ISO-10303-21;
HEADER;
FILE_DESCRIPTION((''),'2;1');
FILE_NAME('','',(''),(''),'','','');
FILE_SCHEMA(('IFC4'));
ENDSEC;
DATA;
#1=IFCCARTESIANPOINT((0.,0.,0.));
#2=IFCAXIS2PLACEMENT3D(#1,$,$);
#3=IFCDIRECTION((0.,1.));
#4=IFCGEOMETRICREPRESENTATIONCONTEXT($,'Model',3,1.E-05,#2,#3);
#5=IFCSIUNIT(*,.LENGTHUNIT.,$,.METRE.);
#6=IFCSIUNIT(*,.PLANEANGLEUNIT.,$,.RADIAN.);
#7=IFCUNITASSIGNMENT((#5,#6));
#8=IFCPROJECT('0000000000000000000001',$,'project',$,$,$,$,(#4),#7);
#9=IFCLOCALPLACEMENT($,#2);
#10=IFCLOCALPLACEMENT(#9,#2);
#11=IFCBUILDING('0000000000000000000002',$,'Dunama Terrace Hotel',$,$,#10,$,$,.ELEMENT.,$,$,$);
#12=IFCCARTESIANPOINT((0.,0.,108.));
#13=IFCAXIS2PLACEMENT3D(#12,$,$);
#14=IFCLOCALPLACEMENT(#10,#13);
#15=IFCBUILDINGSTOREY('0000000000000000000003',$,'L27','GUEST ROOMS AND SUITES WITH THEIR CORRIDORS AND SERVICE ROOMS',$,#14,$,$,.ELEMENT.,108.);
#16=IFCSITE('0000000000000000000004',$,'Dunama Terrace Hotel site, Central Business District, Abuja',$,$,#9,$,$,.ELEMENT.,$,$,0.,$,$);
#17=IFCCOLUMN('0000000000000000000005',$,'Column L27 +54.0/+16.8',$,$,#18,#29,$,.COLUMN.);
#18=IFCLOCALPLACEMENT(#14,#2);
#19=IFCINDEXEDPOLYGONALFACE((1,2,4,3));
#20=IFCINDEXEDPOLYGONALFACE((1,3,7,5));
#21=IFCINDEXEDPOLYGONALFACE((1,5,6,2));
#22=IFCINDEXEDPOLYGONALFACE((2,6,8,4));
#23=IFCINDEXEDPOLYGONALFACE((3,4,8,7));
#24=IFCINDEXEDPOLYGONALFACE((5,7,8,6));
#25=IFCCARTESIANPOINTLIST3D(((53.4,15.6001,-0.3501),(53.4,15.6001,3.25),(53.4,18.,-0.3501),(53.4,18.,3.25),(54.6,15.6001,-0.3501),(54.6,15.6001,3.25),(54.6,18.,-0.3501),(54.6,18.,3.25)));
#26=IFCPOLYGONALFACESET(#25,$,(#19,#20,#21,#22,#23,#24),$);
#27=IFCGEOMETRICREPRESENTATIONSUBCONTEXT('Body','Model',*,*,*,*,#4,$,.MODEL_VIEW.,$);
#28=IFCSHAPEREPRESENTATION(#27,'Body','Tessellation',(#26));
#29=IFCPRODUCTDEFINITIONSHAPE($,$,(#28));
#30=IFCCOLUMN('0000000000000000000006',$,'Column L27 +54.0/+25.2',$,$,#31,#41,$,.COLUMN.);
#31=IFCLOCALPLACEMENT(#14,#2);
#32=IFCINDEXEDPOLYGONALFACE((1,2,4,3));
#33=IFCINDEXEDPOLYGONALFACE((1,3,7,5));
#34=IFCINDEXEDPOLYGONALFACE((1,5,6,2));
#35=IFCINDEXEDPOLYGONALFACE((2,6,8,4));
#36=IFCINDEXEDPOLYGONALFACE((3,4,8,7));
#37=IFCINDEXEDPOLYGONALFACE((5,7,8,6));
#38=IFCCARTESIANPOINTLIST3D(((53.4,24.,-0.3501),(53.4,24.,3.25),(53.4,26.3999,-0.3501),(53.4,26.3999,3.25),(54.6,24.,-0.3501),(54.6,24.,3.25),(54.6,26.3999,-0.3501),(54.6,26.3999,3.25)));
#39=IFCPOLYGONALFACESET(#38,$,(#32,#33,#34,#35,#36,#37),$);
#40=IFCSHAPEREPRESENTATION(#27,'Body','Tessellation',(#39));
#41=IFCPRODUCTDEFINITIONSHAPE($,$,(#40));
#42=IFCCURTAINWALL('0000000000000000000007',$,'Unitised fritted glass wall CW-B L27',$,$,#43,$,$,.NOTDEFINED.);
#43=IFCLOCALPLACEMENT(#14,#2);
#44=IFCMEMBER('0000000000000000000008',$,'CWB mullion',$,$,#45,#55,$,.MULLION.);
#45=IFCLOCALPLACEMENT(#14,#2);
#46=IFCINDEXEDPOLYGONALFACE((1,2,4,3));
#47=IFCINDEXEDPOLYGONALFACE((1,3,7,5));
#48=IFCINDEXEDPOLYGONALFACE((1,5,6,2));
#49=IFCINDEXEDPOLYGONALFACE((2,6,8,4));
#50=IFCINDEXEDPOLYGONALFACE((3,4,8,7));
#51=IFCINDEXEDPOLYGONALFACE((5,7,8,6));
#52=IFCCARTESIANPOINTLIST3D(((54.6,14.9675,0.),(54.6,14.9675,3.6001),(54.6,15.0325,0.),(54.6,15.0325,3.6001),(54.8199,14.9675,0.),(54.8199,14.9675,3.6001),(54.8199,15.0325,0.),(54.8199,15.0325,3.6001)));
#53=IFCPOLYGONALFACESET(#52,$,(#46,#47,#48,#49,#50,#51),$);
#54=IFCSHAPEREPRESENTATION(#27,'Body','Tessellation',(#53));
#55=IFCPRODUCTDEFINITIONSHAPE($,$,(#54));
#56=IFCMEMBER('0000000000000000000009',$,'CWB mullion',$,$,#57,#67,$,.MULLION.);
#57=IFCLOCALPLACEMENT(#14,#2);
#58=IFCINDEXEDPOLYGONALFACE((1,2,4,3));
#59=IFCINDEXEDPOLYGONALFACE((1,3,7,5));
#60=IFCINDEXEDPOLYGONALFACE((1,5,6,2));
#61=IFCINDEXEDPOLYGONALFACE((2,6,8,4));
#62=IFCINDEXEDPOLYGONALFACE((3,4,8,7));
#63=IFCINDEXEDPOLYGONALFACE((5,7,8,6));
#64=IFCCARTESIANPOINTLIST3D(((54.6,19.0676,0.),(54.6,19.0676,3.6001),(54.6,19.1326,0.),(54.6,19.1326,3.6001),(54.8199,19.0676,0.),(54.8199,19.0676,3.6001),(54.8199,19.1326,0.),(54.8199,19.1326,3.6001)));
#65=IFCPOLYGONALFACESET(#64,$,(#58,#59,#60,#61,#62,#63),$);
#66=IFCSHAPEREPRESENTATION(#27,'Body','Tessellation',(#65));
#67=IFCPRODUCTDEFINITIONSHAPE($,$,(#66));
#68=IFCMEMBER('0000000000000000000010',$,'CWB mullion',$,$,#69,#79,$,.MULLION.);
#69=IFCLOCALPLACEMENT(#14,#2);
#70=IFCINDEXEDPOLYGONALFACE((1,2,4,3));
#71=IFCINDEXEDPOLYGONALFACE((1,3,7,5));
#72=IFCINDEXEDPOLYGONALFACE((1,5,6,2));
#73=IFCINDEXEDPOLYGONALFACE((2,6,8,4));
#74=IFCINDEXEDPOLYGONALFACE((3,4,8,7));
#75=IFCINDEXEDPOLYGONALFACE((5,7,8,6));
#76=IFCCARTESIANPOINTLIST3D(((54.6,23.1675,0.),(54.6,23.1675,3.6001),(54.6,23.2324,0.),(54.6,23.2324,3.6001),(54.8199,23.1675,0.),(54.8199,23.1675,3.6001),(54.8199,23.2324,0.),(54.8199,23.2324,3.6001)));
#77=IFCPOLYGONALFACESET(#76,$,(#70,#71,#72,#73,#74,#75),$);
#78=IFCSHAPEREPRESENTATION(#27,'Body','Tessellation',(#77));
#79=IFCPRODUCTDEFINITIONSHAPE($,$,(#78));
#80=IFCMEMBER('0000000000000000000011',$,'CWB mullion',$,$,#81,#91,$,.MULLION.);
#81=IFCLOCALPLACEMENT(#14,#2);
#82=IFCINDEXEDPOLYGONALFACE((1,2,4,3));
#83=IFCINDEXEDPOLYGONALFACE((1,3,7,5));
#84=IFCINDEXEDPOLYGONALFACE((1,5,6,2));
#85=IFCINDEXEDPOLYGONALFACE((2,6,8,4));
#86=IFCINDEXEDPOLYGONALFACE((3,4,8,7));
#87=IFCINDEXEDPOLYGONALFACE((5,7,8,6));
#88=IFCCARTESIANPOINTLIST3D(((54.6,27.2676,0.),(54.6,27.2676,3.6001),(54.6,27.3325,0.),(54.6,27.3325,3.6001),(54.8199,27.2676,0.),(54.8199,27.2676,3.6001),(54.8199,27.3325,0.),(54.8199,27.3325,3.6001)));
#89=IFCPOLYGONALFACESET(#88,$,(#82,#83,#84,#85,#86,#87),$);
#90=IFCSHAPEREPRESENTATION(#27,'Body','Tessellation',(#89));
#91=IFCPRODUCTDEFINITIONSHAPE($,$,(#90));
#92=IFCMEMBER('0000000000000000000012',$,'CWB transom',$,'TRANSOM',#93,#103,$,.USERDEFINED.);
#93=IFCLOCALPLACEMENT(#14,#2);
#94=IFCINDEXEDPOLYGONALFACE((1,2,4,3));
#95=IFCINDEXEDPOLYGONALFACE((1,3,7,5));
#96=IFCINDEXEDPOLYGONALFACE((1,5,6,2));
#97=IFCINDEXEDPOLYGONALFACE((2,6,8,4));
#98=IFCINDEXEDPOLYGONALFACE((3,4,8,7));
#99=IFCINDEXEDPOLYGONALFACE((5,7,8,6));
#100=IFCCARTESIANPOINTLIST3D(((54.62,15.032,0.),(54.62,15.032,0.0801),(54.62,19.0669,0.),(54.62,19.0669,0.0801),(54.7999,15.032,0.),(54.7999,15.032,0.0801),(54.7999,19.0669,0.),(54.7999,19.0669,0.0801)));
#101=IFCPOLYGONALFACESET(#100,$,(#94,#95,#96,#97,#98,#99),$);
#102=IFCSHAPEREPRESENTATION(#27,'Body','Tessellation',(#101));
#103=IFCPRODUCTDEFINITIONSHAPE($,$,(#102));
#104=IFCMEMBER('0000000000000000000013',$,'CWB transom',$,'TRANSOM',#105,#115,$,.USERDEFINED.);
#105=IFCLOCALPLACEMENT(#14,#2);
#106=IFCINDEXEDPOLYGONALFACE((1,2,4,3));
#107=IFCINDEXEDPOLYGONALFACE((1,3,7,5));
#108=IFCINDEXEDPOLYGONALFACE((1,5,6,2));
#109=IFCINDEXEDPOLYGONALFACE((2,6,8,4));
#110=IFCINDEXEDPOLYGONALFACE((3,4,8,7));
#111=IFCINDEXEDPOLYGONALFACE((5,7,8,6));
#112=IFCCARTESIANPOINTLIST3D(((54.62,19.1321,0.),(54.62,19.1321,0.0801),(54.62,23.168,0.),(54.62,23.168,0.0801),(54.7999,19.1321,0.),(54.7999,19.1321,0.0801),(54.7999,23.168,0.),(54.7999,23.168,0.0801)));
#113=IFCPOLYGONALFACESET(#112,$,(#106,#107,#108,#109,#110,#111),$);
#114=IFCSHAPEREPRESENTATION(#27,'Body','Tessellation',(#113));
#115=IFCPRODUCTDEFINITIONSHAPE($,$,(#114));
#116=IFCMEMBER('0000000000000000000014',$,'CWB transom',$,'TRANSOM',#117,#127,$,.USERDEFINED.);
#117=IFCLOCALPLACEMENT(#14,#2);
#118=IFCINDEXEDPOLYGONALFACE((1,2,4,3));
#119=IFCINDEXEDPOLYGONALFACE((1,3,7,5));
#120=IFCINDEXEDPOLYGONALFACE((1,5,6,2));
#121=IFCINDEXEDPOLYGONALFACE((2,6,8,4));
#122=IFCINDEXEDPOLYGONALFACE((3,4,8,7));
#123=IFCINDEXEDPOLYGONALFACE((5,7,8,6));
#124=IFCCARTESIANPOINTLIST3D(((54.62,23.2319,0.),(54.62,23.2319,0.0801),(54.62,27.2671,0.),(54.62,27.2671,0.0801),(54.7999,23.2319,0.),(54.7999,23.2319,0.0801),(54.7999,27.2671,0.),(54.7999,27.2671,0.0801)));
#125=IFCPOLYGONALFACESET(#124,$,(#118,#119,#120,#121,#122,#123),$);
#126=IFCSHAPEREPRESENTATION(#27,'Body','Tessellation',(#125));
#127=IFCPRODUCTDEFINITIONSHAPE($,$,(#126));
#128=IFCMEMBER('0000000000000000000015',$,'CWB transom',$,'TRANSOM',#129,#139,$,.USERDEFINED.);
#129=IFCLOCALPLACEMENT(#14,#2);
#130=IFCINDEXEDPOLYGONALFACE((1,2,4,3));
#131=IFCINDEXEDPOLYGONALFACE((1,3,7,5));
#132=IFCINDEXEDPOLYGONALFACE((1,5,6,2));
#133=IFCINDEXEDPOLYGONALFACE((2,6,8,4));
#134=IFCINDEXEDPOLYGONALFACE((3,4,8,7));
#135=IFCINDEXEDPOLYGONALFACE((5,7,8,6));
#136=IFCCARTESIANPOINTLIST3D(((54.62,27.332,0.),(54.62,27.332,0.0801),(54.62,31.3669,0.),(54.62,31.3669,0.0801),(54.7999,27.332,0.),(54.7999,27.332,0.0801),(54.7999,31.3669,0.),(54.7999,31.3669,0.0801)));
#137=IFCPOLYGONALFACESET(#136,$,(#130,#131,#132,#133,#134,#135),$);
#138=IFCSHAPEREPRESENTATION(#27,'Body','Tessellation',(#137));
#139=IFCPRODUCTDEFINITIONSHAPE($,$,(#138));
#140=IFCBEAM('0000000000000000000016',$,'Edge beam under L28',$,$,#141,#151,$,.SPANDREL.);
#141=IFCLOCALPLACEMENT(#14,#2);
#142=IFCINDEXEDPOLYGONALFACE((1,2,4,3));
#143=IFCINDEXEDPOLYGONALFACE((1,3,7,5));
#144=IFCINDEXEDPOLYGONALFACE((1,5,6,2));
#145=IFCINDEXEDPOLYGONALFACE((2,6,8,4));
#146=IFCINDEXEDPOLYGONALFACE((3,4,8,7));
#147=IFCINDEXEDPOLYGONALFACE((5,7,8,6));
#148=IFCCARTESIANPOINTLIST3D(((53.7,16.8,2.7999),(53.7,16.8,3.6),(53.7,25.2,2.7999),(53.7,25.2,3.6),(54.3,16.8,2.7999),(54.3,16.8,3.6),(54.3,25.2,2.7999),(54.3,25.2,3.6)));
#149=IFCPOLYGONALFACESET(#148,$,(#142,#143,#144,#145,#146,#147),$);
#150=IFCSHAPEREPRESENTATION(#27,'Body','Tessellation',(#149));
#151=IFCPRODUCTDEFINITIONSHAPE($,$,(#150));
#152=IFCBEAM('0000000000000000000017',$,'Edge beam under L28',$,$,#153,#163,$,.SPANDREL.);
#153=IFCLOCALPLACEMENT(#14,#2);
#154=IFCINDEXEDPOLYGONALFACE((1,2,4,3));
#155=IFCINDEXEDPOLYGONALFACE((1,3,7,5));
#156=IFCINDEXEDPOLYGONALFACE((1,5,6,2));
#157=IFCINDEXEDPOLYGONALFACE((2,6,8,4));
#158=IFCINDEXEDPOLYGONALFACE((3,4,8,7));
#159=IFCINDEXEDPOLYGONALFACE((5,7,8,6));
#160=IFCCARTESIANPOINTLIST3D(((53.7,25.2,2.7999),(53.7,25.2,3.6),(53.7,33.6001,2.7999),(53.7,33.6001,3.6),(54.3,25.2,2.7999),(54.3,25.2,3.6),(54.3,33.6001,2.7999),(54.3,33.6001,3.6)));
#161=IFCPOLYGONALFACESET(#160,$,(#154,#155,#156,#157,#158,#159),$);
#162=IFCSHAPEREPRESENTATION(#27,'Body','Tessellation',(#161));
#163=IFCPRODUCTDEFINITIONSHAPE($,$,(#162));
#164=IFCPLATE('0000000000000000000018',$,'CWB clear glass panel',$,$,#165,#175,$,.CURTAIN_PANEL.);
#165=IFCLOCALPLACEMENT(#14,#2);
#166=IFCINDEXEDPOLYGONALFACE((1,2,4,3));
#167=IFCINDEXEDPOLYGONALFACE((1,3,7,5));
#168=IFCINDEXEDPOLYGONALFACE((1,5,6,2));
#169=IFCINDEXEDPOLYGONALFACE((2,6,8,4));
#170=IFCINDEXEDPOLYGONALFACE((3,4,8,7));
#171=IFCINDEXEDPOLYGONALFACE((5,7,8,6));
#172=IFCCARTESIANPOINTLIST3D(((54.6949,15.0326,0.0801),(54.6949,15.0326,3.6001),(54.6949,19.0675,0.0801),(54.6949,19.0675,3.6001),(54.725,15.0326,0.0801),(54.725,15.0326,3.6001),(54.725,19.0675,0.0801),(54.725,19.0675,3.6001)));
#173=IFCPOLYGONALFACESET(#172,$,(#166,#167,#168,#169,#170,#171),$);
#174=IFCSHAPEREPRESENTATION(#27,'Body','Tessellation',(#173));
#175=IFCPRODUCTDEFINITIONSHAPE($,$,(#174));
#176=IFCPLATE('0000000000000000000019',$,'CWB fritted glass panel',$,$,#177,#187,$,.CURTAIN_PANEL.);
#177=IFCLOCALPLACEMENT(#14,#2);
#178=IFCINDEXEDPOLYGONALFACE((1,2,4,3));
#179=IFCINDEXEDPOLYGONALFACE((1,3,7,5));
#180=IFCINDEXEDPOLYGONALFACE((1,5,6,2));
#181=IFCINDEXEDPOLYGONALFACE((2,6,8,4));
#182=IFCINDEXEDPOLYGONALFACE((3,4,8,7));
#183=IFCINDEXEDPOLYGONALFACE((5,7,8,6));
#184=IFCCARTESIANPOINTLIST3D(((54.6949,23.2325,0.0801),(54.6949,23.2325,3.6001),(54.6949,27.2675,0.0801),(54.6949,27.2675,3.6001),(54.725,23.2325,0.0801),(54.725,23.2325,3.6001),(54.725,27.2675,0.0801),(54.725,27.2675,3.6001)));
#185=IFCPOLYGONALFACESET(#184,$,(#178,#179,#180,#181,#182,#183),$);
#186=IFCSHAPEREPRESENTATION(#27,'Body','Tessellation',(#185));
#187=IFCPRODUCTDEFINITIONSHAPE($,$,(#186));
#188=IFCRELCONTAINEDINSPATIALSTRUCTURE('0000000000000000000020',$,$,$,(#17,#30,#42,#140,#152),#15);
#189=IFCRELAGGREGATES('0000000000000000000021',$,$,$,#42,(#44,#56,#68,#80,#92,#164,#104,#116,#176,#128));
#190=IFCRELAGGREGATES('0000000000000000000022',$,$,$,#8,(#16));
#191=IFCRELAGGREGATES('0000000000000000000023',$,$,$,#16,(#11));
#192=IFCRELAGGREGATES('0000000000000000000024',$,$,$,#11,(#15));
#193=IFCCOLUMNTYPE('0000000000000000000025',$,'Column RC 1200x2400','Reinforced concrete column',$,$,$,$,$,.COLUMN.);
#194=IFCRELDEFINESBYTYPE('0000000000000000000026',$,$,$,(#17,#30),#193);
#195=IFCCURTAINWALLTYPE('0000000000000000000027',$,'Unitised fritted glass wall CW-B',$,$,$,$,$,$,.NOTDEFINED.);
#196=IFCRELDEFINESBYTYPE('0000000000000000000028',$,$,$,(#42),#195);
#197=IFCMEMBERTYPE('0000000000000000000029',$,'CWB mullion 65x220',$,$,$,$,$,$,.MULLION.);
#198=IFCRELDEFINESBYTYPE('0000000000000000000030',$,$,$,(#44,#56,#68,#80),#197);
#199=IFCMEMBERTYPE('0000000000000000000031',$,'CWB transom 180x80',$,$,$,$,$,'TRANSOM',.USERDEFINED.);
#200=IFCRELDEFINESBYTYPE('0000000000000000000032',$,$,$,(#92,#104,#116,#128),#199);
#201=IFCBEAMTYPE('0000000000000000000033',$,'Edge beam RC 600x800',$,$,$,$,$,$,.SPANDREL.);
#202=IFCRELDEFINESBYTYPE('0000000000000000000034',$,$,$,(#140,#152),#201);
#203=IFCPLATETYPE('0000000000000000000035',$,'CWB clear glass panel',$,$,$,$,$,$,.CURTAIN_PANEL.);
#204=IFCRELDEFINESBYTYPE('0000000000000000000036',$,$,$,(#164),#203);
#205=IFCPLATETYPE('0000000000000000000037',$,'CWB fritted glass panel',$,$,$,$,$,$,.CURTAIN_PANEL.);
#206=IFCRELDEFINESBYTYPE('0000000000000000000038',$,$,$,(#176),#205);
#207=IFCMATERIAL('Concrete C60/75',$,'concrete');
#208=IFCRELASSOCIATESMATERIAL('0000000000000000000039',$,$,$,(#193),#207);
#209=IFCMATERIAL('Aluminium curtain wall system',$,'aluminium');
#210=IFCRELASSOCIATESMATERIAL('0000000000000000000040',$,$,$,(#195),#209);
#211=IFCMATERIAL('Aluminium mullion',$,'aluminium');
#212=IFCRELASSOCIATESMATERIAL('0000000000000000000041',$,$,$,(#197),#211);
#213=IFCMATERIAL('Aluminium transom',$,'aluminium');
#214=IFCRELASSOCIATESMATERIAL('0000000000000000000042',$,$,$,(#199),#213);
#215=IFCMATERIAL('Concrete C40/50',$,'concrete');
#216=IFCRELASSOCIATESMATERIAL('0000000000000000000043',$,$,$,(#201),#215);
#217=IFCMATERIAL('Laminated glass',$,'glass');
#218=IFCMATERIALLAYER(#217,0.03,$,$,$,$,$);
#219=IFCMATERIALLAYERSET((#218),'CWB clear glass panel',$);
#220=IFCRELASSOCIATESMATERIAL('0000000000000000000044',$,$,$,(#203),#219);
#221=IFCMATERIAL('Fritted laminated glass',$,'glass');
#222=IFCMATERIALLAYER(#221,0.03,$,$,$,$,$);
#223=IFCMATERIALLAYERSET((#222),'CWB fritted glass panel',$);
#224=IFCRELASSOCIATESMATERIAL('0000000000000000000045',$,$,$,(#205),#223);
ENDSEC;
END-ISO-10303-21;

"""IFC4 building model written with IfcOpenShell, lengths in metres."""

from ifc_helpers import new_model, si_unit, direction, frame, origin, origin_2d, place, context, subcontext, project, spatial, rectangle, extrude, material, layer, layer_set, material_profile, profile_set, type_object, element, aggregate, save


model = new_model("IFC4")

# Units and contexts
model_context = context("Model", 3, precision=1e-05, world=origin(), true_north=direction((0.0, 1.0)))
body_context = subcontext(model_context, "Body", "Model", "MODEL_VIEW")
ifc_project = project(units=[si_unit("LENGTHUNIT", "METRE"), si_unit("PLANEANGLEUNIT", "RADIAN")], contexts=[model_context])

# Site, building, storey
site_placement = place(None, origin())
site = spatial("IfcSite", under=ifc_project, at=site_placement, Name="Dunama Terrace Hotel site, Central Business District, Abuja", CompositionType="ELEMENT", RefElevation=0.0)
building_placement = place(site_placement, origin())
building = spatial("IfcBuilding", under=site, at=building_placement, Name="Dunama Terrace Hotel", CompositionType="ELEMENT")
storey_placement = place(building_placement, frame((0.0, 0.0, 108.0)))
storey = spatial("IfcBuildingStorey", under=building, at=storey_placement, Name="L27", Description="GUEST ROOMS AND SUITES WITH THEIR CORRIDORS AND SERVICE ROOMS", CompositionType="ELEMENT", Elevation=108.0)

# Columns
ifc_material_1 = material(Name="Concrete C60/75", Category="concrete")
ifc_material_profile_1 = material_profile(ifc_material_1, rectangle(XDim=1.2, YDim=2.3999, at=origin_2d()), Name="RC 1200x2400")
ifc_profile_set_1 = profile_set([ifc_material_profile_1], Name="Concrete C60/75")
column_type = type_object("IfcColumnType", Name="Column RC 1200x2400", Description="Reinforced concrete column", PredefinedType="COLUMN", material=ifc_profile_set_1)
for number, where, z_axis, x_axis, name in (
    (1, (54.0, 16.8, -0.3501), (0.0, 0.0, 1.0), (1.0, 0.0, 0.0), "Column L27 +54.0/+16.8"),
    (2, (54.0, 25.2, -0.3501), (0.0, 0.0, 1.0), (1.0, 0.0, 0.0), "Column L27 +54.0/+25.2"),
):
    element("IfcColumn", number, at=place(storey_placement, frame(where, z_axis=z_axis, x_axis=x_axis)), inside=storey, type_object=column_type, Name=name, PredefinedType="COLUMN", context=body_context, shape_type="SweptSolid", body=[
        extrude(rectangle(XDim=1.2, YDim=2.3999, at=origin_2d()), origin(), (0.0, 0.0, 1.0), 3.6001),
    ])

# Curtain wall, members
ifc_material_2 = material(Name="Aluminium curtain wall system", Category="aluminium")
curtain_wall_type = type_object("IfcCurtainWallType", Name="Unitised fritted glass wall CW-B", PredefinedType="NOTDEFINED", material=ifc_material_2)
curtain_wall_placement = place(storey_placement, origin())
curtain_wall = element("IfcCurtainWall", 3, at=curtain_wall_placement, inside=storey, type_object=curtain_wall_type, Name="Unitised fritted glass wall CW-B L27", PredefinedType="NOTDEFINED")
ifc_material_3 = material(Name="Aluminium mullion", Category="aluminium")
ifc_material_profile_2 = material_profile(ifc_material_3, rectangle(XDim=0.0649, YDim=0.22, at=origin_2d()), Name="CWB MULLION 65X220")
ifc_profile_set_2 = profile_set([ifc_material_profile_2], Name="Aluminium mullion")
member_type_1 = type_object("IfcMemberType", Name="CWB mullion 65x220", PredefinedType="MULLION", material=ifc_profile_set_2)
member_1_placement = place(storey_placement, frame((54.71, 15.0, 0.0), z_axis=(0.0, 0.0, 1.0), x_axis=(0.0, 1.0, 0.0)))
member_1 = element("IfcMember", 4, at=member_1_placement, type_object=member_type_1, Name="CWB mullion", PredefinedType="MULLION", context=body_context, shape_type="SweptSolid", body=[
    extrude(rectangle(XDim=0.0649, YDim=0.22, at=origin_2d()), origin(), (0.0, 0.0, 1.0), 3.6001),
])
member_2_placement = place(storey_placement, frame((54.71, 19.1001, 0.0), z_axis=(0.0, 0.0, 1.0), x_axis=(0.0, 1.0, 0.0)))
member_2 = element("IfcMember", 5, at=member_2_placement, type_object=member_type_1, Name="CWB mullion", PredefinedType="MULLION", context=body_context, shape_type="SweptSolid", body=[
    extrude(rectangle(XDim=0.0649, YDim=0.22, at=origin_2d()), origin(), (0.0, 0.0, 1.0), 3.6001),
])
member_3_placement = place(storey_placement, frame((54.71, 23.2, 0.0), z_axis=(0.0, 0.0, 1.0), x_axis=(0.0, 1.0, 0.0)))
member_3 = element("IfcMember", 6, at=member_3_placement, type_object=member_type_1, Name="CWB mullion", PredefinedType="MULLION", context=body_context, shape_type="SweptSolid", body=[
    extrude(rectangle(XDim=0.0649, YDim=0.22, at=origin_2d()), origin(), (0.0, 0.0, 1.0), 3.6001),
])
member_4_placement = place(storey_placement, frame((54.71, 27.3, 0.0), z_axis=(0.0, 0.0, 1.0), x_axis=(0.0, 1.0, 0.0)))
member_4 = element("IfcMember", 7, at=member_4_placement, type_object=member_type_1, Name="CWB mullion", PredefinedType="MULLION", context=body_context, shape_type="SweptSolid", body=[
    extrude(rectangle(XDim=0.0649, YDim=0.22, at=origin_2d()), origin(), (0.0, 0.0, 1.0), 3.6001),
])
ifc_material_4 = material(Name="Aluminium transom", Category="aluminium")
ifc_material_profile_3 = material_profile(ifc_material_4, rectangle(XDim=0.1799, YDim=0.0801, at=origin_2d()), Name="CWB TRANSOM 180X80")
ifc_profile_set_3 = profile_set([ifc_material_profile_3], Name="Aluminium transom")
member_type_2 = type_object("IfcMemberType", Name="CWB transom 180x80", ElementType="TRANSOM", PredefinedType="USERDEFINED", material=ifc_profile_set_3)
member_5_placement = place(storey_placement, frame((54.71, 15.032, 0.04), z_axis=(0.0, 1.0, 0.0), x_axis=(-1.0, 0.0, 0.0)))
member_5 = element("IfcMember", 8, at=member_5_placement, type_object=member_type_2, Name="CWB transom", ObjectType="TRANSOM", PredefinedType="USERDEFINED", context=body_context, shape_type="SweptSolid", body=[
    extrude(rectangle(XDim=0.1799, YDim=0.0801, at=origin_2d()), origin(), (0.0, 0.0, 1.0), 4.0349),
])
member_6_placement = place(storey_placement, frame((54.71, 19.1321, 0.04), z_axis=(0.0, 1.0, 0.0), x_axis=(-1.0, 0.0, 0.0)))
member_6 = element("IfcMember", 9, at=member_6_placement, type_object=member_type_2, Name="CWB transom", ObjectType="TRANSOM", PredefinedType="USERDEFINED", context=body_context, shape_type="SweptSolid", body=[
    extrude(rectangle(XDim=0.1799, YDim=0.0801, at=origin_2d()), origin(), (0.0, 0.0, 1.0), 4.0359),
])
member_7_placement = place(storey_placement, frame((54.71, 23.2319, 0.04), z_axis=(0.0, 1.0, 0.0), x_axis=(-1.0, 0.0, 0.0)))
member_7 = element("IfcMember", 10, at=member_7_placement, type_object=member_type_2, Name="CWB transom", ObjectType="TRANSOM", PredefinedType="USERDEFINED", context=body_context, shape_type="SweptSolid", body=[
    extrude(rectangle(XDim=0.1799, YDim=0.0801, at=origin_2d()), origin(), (0.0, 0.0, 1.0), 4.0352),
])
member_8_placement = place(storey_placement, frame((54.71, 27.332, 0.04), z_axis=(0.0, 1.0, 0.0), x_axis=(-1.0, 0.0, 0.0)))
member_8 = element("IfcMember", 11, at=member_8_placement, type_object=member_type_2, Name="CWB transom", ObjectType="TRANSOM", PredefinedType="USERDEFINED", context=body_context, shape_type="SweptSolid", body=[
    extrude(rectangle(XDim=0.1799, YDim=0.0801, at=origin_2d()), origin(), (0.0, 0.0, 1.0), 4.0349),
])

# Beams
ifc_material_5 = material(Name="Concrete C40/50", Category="concrete")
ifc_material_profile_4 = material_profile(ifc_material_5, rectangle(XDim=0.6001, YDim=0.8, at=origin_2d()), Name="RC 600x800")
ifc_profile_set_4 = profile_set([ifc_material_profile_4], Name="Concrete C40/50")
beam_type = type_object("IfcBeamType", Name="Edge beam RC 600x800", PredefinedType="SPANDREL", material=ifc_profile_set_4)
beam_1_placement = place(storey_placement, frame((54.0, 16.8, 3.2), z_axis=(0.0, 1.0, 0.0), x_axis=(-1.0, 0.0, 0.0)))
element("IfcBeam", 12, at=beam_1_placement, inside=storey, type_object=beam_type, Name="Edge beam under L28", PredefinedType="SPANDREL", context=body_context, shape_type="SweptSolid", body=[
    extrude(rectangle(XDim=0.6001, YDim=0.8, at=origin_2d()), origin(), (0.0, 0.0, 1.0), 8.3999),
])
beam_2_placement = place(storey_placement, frame((54.0, 25.2, 3.2), z_axis=(0.0, 1.0, 0.0), x_axis=(-1.0, 0.0, 0.0)))
element("IfcBeam", 13, at=beam_2_placement, inside=storey, type_object=beam_type, Name="Edge beam under L28", PredefinedType="SPANDREL", context=body_context, shape_type="SweptSolid", body=[
    extrude(rectangle(XDim=0.6001, YDim=0.8, at=origin_2d()), origin(), (0.0, 0.0, 1.0), 8.4001),
])

# Plates
ifc_material_6 = material(Name="Laminated glass", Category="glass")
ifc_layer_1 = layer(ifc_material_6, 0.03)
ifc_layer_set_1 = layer_set([ifc_layer_1], Name="CWB clear glass panel")
plate_type_1 = type_object("IfcPlateType", Name="CWB clear glass panel", PredefinedType="CURTAIN_PANEL", material=ifc_layer_set_1)
plate_1_placement = place(storey_placement, frame((54.71, 17.05, 0.0801), z_axis=(0.0, 0.0, 1.0), x_axis=(0.0, 1.0, 0.0)))
plate_1 = element("IfcPlate", 14, at=plate_1_placement, type_object=plate_type_1, Name="CWB clear glass panel", PredefinedType="CURTAIN_PANEL", context=body_context, shape_type="SweptSolid", body=[
    extrude(rectangle(XDim=4.0349, YDim=0.03, at=origin_2d()), origin(), (0.0, 0.0, 1.0), 3.52),
])
ifc_material_7 = material(Name="Fritted laminated glass", Category="glass")
ifc_layer_2 = layer(ifc_material_7, 0.03)
ifc_layer_set_2 = layer_set([ifc_layer_2], Name="CWB fritted glass panel")
plate_type_2 = type_object("IfcPlateType", Name="CWB fritted glass panel", PredefinedType="CURTAIN_PANEL", material=ifc_layer_set_2)
plate_2_placement = place(storey_placement, frame((54.71, 25.25, 0.0801), z_axis=(0.0, 0.0, 1.0), x_axis=(0.0, 1.0, 0.0)))
plate_2 = element("IfcPlate", 15, at=plate_2_placement, type_object=plate_type_2, Name="CWB fritted glass panel", PredefinedType="CURTAIN_PANEL", context=body_context, shape_type="SweptSolid", body=[
    extrude(rectangle(XDim=4.0349, YDim=0.03, at=origin_2d()), origin(), (0.0, 0.0, 1.0), 3.52),
])
aggregate(curtain_wall, [member_1, member_2, member_3, member_4, member_5, plate_1, member_6, member_7, plate_2, member_8])

save(model, "model.ifc")
